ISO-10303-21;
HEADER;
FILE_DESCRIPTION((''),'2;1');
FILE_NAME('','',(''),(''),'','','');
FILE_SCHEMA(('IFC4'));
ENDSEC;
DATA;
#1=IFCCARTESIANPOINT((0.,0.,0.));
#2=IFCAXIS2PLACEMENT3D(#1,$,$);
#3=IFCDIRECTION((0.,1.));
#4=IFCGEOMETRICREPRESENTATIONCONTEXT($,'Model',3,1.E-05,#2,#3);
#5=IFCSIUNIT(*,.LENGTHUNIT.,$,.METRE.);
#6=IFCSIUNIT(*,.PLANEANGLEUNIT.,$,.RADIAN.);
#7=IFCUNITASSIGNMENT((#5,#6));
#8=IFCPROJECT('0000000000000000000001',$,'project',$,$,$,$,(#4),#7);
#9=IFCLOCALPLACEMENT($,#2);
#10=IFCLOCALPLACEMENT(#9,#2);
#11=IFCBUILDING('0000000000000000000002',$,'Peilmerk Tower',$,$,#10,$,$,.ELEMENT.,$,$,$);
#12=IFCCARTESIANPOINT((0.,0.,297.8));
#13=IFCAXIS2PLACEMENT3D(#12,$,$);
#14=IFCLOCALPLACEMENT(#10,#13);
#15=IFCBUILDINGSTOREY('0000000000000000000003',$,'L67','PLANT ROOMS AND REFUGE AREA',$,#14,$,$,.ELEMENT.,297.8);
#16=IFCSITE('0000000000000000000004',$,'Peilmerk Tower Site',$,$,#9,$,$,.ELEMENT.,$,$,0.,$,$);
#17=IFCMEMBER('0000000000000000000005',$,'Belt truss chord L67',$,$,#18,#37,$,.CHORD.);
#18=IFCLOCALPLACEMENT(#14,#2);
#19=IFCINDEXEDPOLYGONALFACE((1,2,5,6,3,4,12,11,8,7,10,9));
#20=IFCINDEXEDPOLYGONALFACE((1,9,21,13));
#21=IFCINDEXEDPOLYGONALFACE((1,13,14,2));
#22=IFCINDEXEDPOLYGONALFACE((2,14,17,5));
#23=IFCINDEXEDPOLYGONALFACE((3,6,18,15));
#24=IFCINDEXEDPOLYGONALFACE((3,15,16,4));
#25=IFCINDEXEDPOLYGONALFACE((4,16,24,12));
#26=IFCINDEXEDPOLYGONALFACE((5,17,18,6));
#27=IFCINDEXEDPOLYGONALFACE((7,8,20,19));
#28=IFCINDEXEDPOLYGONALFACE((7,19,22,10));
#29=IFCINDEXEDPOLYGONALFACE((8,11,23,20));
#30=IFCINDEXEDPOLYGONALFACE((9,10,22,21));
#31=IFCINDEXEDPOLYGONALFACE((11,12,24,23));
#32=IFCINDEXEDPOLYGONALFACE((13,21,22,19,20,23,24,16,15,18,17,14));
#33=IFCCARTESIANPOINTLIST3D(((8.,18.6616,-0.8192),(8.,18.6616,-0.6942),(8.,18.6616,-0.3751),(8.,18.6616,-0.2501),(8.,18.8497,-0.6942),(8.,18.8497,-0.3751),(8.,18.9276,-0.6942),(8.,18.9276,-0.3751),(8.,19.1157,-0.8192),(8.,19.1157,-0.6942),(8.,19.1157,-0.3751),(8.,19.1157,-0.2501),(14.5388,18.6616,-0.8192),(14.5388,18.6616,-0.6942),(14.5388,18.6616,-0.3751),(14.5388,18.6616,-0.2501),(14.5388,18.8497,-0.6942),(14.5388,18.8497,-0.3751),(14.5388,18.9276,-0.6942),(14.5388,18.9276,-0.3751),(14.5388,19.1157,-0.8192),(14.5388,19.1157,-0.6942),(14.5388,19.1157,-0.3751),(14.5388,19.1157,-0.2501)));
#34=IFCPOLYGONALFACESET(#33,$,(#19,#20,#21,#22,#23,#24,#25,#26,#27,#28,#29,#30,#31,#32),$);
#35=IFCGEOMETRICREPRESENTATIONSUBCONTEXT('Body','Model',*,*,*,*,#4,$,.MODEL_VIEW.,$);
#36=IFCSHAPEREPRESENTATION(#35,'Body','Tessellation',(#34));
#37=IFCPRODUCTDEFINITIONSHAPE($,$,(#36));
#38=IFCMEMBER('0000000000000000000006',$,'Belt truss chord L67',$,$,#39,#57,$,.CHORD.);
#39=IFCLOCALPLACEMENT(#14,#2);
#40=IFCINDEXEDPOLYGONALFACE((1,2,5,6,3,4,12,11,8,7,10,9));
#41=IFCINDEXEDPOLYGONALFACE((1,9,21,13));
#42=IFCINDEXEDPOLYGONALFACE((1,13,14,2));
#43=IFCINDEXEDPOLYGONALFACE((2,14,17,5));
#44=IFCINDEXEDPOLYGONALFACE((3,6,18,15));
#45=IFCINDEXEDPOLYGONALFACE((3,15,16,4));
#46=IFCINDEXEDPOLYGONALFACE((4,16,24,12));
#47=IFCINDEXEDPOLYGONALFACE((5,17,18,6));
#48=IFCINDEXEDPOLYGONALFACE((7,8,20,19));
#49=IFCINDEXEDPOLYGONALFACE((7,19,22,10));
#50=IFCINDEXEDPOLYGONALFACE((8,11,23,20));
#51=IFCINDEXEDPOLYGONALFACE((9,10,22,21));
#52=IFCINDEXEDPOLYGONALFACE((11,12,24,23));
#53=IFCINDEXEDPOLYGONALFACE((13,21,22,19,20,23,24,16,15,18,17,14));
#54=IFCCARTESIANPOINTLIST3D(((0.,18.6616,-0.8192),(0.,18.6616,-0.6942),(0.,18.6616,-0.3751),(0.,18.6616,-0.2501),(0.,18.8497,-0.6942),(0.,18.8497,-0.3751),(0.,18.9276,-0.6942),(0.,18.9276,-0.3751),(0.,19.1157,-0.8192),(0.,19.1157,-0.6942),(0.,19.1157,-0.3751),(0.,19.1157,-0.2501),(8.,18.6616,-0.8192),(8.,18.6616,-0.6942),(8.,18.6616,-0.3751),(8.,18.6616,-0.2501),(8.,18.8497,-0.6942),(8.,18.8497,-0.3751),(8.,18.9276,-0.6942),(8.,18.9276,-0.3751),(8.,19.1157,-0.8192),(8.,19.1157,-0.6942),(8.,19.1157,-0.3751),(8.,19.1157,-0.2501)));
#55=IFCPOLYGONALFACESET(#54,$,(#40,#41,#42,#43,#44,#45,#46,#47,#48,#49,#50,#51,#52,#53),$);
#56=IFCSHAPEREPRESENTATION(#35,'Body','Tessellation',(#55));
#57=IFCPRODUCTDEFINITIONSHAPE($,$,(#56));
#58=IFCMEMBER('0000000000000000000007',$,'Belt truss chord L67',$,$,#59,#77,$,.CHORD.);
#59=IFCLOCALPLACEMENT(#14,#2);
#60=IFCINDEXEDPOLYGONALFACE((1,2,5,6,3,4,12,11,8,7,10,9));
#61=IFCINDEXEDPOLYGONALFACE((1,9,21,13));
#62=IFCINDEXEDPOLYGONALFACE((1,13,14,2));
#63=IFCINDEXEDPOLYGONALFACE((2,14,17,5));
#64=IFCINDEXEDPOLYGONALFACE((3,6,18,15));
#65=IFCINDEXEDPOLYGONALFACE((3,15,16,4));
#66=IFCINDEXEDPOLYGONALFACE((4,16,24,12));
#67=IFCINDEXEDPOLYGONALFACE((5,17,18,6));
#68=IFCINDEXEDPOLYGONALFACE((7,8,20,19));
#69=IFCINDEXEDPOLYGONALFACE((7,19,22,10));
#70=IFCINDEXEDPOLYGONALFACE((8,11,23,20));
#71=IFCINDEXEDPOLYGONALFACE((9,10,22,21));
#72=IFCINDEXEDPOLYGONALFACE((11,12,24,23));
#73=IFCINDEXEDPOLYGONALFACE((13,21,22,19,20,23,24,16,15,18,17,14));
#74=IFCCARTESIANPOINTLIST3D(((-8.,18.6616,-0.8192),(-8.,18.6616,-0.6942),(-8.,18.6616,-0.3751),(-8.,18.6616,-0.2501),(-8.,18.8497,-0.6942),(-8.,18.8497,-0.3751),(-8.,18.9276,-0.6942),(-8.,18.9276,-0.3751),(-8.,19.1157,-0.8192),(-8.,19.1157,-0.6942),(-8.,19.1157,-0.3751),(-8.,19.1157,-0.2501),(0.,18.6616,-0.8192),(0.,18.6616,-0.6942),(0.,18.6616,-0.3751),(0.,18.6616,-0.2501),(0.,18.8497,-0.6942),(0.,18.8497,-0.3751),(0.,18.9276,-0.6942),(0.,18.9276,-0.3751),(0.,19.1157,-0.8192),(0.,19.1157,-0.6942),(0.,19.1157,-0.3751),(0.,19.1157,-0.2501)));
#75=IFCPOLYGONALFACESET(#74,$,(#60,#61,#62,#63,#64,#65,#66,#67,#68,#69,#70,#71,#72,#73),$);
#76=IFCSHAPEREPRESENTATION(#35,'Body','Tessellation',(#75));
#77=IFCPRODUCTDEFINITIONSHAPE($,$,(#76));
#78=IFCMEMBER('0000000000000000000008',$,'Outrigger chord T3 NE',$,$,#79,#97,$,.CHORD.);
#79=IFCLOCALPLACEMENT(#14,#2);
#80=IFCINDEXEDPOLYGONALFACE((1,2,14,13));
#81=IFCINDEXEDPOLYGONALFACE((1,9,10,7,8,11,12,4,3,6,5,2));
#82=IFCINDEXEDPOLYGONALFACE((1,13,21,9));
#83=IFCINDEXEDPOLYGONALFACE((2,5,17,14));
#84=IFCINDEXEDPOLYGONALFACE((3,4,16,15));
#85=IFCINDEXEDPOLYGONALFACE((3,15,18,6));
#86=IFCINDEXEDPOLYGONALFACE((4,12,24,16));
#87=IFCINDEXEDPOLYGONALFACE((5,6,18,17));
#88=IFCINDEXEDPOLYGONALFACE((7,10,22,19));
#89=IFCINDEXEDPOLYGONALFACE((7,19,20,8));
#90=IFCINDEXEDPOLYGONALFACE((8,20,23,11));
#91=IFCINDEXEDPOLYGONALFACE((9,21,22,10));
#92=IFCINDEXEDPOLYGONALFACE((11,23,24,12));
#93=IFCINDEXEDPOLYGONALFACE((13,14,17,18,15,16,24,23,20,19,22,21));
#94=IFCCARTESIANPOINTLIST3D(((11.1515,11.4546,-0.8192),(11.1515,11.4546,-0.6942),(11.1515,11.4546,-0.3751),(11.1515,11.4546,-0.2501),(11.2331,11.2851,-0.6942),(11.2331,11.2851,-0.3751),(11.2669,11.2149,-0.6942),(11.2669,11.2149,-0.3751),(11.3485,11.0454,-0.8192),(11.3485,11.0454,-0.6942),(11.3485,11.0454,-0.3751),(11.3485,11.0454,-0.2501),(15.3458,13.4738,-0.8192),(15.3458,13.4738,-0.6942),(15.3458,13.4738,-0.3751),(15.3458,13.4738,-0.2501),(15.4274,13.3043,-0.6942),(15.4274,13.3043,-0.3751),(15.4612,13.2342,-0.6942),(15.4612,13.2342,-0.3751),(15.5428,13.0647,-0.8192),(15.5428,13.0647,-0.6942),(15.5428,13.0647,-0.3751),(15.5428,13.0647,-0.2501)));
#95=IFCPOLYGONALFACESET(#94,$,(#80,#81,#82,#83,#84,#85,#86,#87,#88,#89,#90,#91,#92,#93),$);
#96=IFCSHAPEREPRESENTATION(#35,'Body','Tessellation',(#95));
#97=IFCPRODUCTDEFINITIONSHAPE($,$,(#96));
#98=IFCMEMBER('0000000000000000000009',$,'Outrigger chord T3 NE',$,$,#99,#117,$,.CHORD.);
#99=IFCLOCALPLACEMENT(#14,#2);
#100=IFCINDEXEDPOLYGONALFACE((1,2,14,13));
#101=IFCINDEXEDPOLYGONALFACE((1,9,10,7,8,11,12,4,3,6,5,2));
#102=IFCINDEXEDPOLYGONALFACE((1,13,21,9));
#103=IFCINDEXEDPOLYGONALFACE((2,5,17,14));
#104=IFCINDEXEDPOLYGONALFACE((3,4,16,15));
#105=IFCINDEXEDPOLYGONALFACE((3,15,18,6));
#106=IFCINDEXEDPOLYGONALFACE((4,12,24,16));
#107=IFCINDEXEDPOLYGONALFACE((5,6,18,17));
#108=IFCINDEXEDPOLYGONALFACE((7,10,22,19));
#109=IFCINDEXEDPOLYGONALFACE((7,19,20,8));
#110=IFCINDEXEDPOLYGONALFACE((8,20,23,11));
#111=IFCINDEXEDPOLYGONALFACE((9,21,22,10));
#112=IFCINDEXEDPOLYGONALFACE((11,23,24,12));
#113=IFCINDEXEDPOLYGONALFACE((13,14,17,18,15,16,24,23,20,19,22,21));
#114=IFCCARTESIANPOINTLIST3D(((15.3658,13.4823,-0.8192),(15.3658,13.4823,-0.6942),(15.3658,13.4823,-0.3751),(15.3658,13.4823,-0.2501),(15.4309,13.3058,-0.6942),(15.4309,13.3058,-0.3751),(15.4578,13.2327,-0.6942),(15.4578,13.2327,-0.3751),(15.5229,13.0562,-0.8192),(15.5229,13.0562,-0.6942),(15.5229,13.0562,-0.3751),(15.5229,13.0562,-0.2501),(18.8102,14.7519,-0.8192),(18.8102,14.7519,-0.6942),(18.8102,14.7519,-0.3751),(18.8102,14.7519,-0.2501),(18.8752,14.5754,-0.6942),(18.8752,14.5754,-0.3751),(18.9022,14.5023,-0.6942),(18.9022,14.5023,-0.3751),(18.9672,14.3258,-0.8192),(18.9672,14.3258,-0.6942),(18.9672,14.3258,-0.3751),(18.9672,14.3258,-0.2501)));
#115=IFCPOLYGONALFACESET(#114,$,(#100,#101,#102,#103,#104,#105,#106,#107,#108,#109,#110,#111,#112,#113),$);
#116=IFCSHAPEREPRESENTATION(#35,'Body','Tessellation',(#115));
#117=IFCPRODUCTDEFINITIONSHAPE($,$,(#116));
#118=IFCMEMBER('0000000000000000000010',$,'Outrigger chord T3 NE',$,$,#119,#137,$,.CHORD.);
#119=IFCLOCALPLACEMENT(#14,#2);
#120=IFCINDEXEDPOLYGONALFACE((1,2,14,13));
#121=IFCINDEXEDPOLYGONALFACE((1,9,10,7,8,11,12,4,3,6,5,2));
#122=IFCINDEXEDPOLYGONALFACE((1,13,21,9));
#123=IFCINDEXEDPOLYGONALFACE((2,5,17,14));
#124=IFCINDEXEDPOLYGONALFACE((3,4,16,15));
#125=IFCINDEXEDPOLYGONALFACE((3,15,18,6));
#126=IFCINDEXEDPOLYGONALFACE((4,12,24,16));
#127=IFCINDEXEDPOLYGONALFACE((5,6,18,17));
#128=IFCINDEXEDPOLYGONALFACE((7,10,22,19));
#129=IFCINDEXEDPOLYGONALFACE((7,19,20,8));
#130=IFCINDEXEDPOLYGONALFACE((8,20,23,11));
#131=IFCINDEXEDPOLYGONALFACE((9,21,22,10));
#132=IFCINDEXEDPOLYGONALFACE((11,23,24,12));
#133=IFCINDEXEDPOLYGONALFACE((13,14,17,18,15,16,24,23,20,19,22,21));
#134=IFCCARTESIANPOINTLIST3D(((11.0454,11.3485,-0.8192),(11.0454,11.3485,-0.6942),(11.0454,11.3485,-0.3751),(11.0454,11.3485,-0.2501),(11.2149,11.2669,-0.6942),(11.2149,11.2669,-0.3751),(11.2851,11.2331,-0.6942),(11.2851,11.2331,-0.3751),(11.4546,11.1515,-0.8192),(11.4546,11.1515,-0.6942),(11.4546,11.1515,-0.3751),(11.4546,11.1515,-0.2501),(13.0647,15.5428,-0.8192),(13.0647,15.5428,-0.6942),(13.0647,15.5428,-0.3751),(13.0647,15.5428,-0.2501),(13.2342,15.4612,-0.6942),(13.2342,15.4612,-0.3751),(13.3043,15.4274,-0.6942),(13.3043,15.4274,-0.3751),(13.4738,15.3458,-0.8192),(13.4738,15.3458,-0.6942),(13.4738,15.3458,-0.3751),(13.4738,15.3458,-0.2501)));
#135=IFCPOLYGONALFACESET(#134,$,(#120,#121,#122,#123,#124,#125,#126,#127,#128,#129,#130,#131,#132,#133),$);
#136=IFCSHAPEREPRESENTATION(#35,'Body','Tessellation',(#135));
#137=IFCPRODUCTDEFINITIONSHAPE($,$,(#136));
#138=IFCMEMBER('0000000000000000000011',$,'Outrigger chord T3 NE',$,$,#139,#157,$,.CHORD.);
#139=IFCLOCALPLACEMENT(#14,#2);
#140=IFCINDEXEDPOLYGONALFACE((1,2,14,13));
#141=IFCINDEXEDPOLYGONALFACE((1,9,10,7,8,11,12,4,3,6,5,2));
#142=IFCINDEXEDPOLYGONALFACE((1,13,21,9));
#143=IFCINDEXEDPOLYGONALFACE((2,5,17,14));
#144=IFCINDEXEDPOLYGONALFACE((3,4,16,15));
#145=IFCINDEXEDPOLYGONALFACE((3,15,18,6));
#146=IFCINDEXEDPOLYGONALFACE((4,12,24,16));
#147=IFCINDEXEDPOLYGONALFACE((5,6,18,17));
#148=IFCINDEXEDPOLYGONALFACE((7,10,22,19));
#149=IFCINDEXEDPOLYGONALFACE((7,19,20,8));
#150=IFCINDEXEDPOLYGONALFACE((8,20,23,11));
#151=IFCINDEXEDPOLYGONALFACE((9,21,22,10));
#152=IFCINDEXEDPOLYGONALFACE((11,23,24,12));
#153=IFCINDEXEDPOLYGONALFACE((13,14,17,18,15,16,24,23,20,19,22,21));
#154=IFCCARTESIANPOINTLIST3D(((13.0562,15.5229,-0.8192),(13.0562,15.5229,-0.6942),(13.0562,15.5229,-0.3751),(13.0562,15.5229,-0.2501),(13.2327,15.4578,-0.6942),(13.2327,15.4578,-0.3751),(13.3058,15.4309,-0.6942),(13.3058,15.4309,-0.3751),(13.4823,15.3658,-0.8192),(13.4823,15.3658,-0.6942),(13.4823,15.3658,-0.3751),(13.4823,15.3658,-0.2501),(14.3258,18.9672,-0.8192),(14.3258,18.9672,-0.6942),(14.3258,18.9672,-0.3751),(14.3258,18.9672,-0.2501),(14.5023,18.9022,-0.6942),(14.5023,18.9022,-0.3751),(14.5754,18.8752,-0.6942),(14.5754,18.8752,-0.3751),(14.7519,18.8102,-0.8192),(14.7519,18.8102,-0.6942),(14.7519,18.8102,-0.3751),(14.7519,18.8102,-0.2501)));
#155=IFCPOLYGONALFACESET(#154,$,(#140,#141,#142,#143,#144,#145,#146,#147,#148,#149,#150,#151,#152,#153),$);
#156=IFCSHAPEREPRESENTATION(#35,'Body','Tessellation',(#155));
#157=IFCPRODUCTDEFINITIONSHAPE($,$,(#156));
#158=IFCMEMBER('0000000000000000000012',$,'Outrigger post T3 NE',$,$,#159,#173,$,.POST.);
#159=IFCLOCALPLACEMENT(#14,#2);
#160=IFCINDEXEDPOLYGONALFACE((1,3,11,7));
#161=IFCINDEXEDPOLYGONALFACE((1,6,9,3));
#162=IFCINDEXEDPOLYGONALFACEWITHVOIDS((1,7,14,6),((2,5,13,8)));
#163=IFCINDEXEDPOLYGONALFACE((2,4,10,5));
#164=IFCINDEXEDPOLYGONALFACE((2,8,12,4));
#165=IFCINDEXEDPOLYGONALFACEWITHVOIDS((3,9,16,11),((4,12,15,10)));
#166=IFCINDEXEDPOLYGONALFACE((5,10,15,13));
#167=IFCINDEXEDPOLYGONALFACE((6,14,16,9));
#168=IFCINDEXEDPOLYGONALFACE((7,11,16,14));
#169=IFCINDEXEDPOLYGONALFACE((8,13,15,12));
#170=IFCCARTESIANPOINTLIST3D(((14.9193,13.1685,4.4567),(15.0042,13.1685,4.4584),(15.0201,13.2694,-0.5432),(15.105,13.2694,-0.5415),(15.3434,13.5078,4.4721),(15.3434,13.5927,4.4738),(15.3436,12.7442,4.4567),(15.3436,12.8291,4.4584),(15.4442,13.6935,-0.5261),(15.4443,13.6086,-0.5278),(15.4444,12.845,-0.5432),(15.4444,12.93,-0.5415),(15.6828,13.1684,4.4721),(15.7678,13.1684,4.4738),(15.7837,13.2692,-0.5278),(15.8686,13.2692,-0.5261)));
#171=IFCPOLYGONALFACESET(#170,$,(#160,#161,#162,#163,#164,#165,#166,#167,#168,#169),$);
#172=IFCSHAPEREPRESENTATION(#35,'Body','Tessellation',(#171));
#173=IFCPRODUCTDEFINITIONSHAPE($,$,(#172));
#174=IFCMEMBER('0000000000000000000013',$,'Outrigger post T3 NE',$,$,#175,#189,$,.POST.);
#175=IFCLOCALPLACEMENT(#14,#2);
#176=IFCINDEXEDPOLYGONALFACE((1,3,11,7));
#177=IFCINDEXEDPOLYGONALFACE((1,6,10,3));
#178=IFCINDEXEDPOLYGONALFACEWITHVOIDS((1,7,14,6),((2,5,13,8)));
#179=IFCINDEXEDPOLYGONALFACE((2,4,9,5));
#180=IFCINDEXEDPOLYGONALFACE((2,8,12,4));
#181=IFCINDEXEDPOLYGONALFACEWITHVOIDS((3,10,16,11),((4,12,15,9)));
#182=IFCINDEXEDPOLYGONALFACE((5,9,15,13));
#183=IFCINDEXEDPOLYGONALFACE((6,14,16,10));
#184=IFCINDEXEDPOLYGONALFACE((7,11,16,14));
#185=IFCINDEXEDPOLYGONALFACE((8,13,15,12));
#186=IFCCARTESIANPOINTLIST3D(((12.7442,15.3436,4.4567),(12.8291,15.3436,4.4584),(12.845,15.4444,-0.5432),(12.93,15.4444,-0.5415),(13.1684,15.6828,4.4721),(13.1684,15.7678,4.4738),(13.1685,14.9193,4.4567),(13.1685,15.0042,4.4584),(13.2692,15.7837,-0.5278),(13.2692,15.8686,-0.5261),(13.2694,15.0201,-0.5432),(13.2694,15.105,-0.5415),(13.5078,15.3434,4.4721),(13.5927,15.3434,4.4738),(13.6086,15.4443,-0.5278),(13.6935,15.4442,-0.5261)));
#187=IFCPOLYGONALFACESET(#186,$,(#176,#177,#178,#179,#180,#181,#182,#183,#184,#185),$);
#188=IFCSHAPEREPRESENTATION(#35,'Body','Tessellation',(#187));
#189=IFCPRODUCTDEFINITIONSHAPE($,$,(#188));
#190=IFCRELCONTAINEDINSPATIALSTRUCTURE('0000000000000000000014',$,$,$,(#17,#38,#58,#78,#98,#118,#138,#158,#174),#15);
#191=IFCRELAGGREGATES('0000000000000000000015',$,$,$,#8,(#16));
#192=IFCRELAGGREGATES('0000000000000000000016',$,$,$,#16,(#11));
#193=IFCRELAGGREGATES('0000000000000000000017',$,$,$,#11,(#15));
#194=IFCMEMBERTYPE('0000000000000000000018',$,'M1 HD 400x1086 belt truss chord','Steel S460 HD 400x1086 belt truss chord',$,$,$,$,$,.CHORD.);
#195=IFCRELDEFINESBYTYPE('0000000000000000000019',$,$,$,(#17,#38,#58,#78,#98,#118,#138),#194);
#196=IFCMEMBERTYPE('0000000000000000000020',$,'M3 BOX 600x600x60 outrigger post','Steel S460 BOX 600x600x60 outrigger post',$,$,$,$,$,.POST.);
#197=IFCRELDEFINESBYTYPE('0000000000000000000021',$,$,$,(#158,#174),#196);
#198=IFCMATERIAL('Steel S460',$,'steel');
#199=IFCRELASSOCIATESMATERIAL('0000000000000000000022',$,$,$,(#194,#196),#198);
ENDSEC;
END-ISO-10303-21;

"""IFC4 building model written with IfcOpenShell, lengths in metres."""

from ifc_helpers import new_model, si_unit, direction, frame, origin, origin_2d, place, context, subcontext, project, spatial, hollow_rectangle, i_section, extrude, material, material_profile, profile_set, type_object, element, save


model = new_model("IFC4")

# Units and contexts
model_context = context("Model", 3, precision=1e-05, world=origin(), true_north=direction((0.0, 1.0)))
body_context = subcontext(model_context, "Body", "Model", "MODEL_VIEW")
ifc_project = project(units=[si_unit("LENGTHUNIT", "METRE"), si_unit("PLANEANGLEUNIT", "RADIAN")], contexts=[model_context])

# Site, building, storey
site_placement = place(None, origin())
site = spatial("IfcSite", under=ifc_project, at=site_placement, Name="Peilmerk Tower Site", CompositionType="ELEMENT", RefElevation=0.0)
building_placement = place(site_placement, origin())
building = spatial("IfcBuilding", under=site, at=building_placement, Name="Peilmerk Tower", CompositionType="ELEMENT")
storey_placement = place(building_placement, frame((0.0, 0.0, 297.8)))
storey = spatial("IfcBuildingStorey", under=building, at=storey_placement, Name="L67", Description="PLANT ROOMS AND REFUGE AREA", CompositionType="ELEMENT", Elevation=297.8)

# Shared definitions
ifc_material_1 = material(Name="Steel S460", Category="steel")

# Members
ifc_material_profile_1 = material_profile(ifc_material_1, i_section(OverallWidth=0.4541, OverallDepth=0.5691, WebThickness=0.0779, FlangeThickness=0.125, at=origin_2d()), Name="HD 400x1086")
ifc_profile_set_1 = profile_set([ifc_material_profile_1], Name="Steel S460")
member_type_1 = type_object("IfcMemberType", Name="M1 HD 400x1086 belt truss chord", Description="Steel S460 HD 400x1086 belt truss chord", PredefinedType="CHORD", material=ifc_profile_set_1)
member_1_placement = place(storey_placement, frame((14.5388, 18.8887, -0.5347), z_axis=(-1.0, 0.0, 0.0), x_axis=(0.0, -1.0, 0.0)))
element("IfcMember", 1, at=member_1_placement, inside=storey, type_object=member_type_1, Name="Belt truss chord L67", PredefinedType="CHORD", context=body_context, shape_type="SweptSolid", body=[
    extrude(i_section(OverallWidth=0.4541, OverallDepth=0.5691, WebThickness=0.0779, FlangeThickness=0.125, at=origin_2d()), origin(), (0.0, 0.0, 1.0), 6.5388),
])
for number, where, z_axis, x_axis, name in (
    (2, (8.0, 18.8887, -0.5347), (-1.0, 0.0, 0.0), (0.0, -1.0, 0.0), "Belt truss chord L67"),
    (3, (0.0, 18.8887, -0.5347), (-1.0, 0.0, 0.0), (0.0, -1.0, 0.0), "Belt truss chord L67"),
):
    element("IfcMember", number, at=place(storey_placement, frame(where, z_axis=z_axis, x_axis=x_axis)), inside=storey, type_object=member_type_1, Name=name, PredefinedType="CHORD", context=body_context, shape_type="SweptSolid", body=[
        extrude(i_section(OverallWidth=0.4541, OverallDepth=0.5691, WebThickness=0.0779, FlangeThickness=0.125, at=origin_2d()), origin(), (0.0, 0.0, 1.0), 8.0),
    ])
member_2_placement = place(storey_placement, frame((11.25, 11.25, -0.5347), z_axis=(0.901019, 0.433779, 0.0), x_axis=(-0.433779, 0.901019, 0.0)))
element("IfcMember", 4, at=member_2_placement, inside=storey, type_object=member_type_1, Name="Outrigger chord T3 NE", PredefinedType="CHORD", context=body_context, shape_type="SweptSolid", body=[
    extrude(i_section(OverallWidth=0.4541, OverallDepth=0.5691, WebThickness=0.0779, FlangeThickness=0.125, at=origin_2d()), origin(), (0.0, 0.0, 1.0), 4.655),
])
member_3_placement = place(storey_placement, frame((15.4443, 13.2693, -0.5347), z_axis=(0.938293, 0.345841, 0.0), x_axis=(-0.345841, 0.938293, 0.0)))
element("IfcMember", 5, at=member_3_placement, inside=storey, type_object=member_type_1, Name="Outrigger chord T3 NE", PredefinedType="CHORD", context=body_context, shape_type="SweptSolid", body=[
    extrude(i_section(OverallWidth=0.4541, OverallDepth=0.5691, WebThickness=0.0779, FlangeThickness=0.125, at=origin_2d()), origin(), (0.0, 0.0, 1.0), 3.6709),
])
member_4_placement = place(storey_placement, frame((11.25, 11.25, -0.5347), z_axis=(0.433779, 0.901019, 0.0), x_axis=(-0.901019, 0.433779, 0.0)))
element("IfcMember", 6, at=member_4_placement, inside=storey, type_object=member_type_1, Name="Outrigger chord T3 NE", PredefinedType="CHORD", context=body_context, shape_type="SweptSolid", body=[
    extrude(i_section(OverallWidth=0.4541, OverallDepth=0.5691, WebThickness=0.0779, FlangeThickness=0.125, at=origin_2d()), origin(), (0.0, 0.0, 1.0), 4.655),
])
member_5_placement = place(storey_placement, frame((13.2693, 15.4443, -0.5347), z_axis=(0.345841, 0.938293, 0.0), x_axis=(-0.938293, 0.345841, 0.0)))
element("IfcMember", 7, at=member_5_placement, inside=storey, type_object=member_type_1, Name="Outrigger chord T3 NE", PredefinedType="CHORD", context=body_context, shape_type="SweptSolid", body=[
    extrude(i_section(OverallWidth=0.4541, OverallDepth=0.5691, WebThickness=0.0779, FlangeThickness=0.125, at=origin_2d()), origin(), (0.0, 0.0, 1.0), 3.6709),
])
ifc_material_profile_2 = material_profile(ifc_material_1, hollow_rectangle(XDim=0.6001, YDim=0.6001, WallThickness=0.0601, at=origin_2d()), Name="BOX 600x600x60")
ifc_profile_set_2 = profile_set([ifc_material_profile_2], Name="Steel S460")
member_type_2 = type_object("IfcMemberType", Name="M3 BOX 600x600x60 outrigger post", Description="Steel S460 BOX 600x600x60 outrigger post", PredefinedType="POST", material=ifc_profile_set_2)
for number, where, z_axis, x_axis, name in (
    (8, (15.4443, 13.2693, -0.5347), (-0.020158, -0.020158, 0.999594), (0.707107, -0.707107, 0.0), "Outrigger post T3 NE"),
    (9, (13.2693, 15.4443, -0.5347), (-0.020158, -0.020158, 0.999594), (0.707107, -0.707107, 0.0), "Outrigger post T3 NE"),
):
    element("IfcMember", number, at=place(storey_placement, frame(where, z_axis=z_axis, x_axis=x_axis)), inside=storey, type_object=member_type_2, Name=name, PredefinedType="POST", context=body_context, shape_type="SweptSolid", body=[
        extrude(hollow_rectangle(XDim=0.6001, YDim=0.6001, WallThickness=0.0601, at=origin_2d()), origin(), (0.0, 0.0, 1.0), 5.002),
    ])

save(model, "model.ifc")
